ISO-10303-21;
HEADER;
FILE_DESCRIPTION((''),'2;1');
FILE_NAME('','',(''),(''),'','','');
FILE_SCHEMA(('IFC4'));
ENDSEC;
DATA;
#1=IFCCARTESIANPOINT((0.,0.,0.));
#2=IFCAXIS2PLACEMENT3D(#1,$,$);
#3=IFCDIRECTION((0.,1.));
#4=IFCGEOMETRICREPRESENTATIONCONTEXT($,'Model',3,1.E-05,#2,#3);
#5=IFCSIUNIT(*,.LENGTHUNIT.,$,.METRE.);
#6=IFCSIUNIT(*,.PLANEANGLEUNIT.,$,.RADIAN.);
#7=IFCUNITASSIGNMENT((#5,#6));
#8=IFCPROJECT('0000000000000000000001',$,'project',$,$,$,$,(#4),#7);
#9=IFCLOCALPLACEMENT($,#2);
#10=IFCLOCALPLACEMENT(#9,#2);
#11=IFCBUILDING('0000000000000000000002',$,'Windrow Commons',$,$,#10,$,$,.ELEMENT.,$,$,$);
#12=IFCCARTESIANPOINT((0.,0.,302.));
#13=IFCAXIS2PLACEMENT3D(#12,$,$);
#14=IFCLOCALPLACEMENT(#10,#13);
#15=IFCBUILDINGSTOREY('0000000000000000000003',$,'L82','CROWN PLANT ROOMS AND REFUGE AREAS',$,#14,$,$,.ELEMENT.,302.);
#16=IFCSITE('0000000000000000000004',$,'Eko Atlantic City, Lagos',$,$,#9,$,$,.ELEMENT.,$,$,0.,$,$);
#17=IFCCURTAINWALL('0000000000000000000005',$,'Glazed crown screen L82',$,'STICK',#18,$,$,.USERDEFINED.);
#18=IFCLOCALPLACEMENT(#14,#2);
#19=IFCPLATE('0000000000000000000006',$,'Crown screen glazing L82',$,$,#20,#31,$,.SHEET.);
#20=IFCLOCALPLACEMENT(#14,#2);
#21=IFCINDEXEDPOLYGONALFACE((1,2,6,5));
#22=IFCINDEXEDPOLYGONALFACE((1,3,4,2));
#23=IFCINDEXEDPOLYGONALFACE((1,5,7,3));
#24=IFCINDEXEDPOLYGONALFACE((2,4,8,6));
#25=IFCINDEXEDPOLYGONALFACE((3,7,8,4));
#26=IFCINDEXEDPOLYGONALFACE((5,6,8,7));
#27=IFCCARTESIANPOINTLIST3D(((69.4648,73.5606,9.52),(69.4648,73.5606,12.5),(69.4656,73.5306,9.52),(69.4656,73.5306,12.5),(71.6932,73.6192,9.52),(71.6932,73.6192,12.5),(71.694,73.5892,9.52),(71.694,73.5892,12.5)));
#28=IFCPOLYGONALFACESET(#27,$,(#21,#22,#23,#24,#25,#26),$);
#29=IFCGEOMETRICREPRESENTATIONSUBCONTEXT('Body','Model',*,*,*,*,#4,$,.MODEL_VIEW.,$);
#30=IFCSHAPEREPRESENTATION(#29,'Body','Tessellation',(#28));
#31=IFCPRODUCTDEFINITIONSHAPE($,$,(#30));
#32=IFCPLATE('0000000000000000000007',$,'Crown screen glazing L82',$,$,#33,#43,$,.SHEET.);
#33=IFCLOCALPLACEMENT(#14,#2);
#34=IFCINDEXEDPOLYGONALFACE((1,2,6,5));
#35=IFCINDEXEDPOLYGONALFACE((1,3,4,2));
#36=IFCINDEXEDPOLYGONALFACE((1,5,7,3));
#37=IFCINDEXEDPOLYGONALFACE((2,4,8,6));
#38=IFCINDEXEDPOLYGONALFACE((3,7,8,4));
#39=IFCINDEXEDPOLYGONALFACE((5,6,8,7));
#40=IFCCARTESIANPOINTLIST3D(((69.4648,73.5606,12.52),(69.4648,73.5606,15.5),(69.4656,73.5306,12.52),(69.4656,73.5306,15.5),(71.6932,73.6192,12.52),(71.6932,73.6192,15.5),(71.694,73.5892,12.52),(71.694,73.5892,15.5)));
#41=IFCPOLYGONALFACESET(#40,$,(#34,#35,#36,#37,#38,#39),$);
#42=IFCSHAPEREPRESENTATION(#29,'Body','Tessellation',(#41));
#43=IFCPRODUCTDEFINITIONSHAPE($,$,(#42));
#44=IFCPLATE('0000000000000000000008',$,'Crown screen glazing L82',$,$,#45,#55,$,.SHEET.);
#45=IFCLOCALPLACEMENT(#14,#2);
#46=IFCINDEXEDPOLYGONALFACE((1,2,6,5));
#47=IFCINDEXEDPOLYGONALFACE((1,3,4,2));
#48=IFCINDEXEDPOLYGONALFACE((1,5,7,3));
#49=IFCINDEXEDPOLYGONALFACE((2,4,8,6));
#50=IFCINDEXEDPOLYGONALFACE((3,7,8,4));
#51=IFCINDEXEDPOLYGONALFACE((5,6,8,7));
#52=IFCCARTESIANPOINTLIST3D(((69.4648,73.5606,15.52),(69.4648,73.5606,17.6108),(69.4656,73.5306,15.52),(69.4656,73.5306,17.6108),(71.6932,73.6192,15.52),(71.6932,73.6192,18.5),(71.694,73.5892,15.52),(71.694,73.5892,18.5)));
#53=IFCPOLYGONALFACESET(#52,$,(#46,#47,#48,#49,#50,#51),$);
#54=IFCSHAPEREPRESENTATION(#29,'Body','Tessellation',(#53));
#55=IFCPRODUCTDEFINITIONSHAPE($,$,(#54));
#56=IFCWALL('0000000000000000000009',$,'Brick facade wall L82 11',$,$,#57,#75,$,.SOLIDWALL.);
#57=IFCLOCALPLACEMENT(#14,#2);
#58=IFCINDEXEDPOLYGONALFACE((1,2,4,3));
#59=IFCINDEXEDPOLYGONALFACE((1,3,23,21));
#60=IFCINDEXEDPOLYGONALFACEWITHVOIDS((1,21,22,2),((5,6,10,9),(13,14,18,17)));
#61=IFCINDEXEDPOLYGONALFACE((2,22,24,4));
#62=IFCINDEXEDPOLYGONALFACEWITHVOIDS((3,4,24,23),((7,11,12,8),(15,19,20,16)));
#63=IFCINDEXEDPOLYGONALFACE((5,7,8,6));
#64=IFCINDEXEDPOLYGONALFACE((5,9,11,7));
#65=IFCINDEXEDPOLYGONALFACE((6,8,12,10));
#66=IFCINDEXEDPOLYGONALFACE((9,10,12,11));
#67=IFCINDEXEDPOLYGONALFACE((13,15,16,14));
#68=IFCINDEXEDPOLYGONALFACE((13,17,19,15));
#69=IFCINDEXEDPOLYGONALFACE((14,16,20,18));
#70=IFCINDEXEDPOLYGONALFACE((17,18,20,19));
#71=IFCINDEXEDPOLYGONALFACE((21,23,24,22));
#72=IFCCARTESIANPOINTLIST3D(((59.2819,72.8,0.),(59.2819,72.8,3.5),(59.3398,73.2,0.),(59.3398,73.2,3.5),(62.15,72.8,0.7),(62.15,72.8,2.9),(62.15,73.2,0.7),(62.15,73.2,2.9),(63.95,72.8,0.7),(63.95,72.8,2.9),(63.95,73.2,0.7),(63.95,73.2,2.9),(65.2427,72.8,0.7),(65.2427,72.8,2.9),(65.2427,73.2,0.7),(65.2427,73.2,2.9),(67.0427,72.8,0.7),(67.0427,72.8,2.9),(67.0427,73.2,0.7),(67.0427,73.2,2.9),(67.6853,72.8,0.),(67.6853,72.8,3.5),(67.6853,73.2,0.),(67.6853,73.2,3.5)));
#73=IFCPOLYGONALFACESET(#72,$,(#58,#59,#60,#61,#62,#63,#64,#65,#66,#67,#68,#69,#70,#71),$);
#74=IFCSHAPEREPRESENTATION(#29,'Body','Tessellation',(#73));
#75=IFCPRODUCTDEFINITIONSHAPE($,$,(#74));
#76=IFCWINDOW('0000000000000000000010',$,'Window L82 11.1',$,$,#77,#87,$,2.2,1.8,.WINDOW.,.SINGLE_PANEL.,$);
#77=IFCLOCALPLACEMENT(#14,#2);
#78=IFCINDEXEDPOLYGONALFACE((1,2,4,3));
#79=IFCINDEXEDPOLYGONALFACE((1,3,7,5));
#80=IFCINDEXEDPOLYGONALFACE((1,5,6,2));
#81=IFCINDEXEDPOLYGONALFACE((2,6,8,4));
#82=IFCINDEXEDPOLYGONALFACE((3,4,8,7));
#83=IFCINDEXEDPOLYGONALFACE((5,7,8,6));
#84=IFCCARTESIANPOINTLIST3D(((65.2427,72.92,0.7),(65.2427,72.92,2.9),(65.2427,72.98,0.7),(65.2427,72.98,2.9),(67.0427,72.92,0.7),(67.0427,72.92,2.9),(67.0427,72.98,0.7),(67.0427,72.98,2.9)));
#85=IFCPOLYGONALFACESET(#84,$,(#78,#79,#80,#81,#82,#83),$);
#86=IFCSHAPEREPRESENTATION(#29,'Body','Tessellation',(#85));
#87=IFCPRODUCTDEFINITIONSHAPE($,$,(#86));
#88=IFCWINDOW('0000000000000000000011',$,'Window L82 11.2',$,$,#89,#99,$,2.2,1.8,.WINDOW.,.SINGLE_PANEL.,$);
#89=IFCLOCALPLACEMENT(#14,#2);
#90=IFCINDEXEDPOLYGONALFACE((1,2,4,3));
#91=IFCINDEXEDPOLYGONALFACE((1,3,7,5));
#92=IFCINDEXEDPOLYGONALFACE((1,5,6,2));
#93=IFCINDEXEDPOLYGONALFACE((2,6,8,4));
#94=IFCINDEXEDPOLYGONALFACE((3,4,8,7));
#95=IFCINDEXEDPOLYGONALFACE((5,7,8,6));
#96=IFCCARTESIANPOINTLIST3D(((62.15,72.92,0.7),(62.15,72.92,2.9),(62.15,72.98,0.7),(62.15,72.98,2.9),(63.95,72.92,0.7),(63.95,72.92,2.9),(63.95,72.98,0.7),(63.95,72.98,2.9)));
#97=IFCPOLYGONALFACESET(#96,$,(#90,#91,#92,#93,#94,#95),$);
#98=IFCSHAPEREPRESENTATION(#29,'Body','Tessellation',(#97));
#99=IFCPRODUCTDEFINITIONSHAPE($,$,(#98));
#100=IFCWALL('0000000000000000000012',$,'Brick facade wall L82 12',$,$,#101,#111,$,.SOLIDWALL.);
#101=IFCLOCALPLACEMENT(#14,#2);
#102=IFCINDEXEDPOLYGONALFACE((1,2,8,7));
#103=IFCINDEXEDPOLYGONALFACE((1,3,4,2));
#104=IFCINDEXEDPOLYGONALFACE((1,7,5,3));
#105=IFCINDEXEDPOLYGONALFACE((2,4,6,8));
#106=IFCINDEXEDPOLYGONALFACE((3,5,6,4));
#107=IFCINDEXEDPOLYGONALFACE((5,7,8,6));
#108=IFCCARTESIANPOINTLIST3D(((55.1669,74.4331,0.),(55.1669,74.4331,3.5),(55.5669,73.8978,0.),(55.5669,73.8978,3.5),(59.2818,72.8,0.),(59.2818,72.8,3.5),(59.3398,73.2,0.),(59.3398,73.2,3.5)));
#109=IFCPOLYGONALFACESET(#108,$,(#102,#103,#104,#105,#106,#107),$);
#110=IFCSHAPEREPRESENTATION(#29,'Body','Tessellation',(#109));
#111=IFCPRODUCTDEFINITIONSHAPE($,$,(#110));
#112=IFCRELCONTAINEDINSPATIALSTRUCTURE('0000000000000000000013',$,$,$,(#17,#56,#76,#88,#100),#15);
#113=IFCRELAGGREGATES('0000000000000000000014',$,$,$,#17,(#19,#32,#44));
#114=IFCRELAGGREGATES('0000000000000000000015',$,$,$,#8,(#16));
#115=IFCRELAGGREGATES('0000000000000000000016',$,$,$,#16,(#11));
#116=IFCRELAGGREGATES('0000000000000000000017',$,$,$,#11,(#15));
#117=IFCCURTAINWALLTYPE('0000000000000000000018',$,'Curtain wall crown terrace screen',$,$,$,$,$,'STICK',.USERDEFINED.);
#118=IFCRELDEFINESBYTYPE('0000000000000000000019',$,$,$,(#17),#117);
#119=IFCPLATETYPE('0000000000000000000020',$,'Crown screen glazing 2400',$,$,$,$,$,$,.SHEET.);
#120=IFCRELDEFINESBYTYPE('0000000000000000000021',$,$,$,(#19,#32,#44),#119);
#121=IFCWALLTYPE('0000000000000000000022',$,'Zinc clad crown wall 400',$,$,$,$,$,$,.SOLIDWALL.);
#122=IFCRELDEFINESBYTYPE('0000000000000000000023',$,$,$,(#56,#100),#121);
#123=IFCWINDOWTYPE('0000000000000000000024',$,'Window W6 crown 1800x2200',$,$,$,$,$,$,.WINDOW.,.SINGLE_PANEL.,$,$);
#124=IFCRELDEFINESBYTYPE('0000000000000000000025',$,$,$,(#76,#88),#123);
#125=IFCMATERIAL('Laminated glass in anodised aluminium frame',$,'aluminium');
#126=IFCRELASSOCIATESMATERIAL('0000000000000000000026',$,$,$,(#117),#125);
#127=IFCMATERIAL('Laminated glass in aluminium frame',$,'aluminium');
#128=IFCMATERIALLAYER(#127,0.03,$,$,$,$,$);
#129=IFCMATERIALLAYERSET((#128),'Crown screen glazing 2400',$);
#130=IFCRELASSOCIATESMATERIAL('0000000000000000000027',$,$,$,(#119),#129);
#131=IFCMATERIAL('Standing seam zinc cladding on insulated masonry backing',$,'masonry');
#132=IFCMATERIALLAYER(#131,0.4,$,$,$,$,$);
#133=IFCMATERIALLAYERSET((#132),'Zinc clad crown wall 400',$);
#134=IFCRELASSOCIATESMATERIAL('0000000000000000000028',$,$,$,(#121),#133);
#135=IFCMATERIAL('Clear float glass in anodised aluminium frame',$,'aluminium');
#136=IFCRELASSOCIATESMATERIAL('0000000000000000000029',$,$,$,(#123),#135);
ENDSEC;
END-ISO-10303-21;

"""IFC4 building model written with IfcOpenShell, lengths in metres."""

from ifc_helpers import new_model, si_unit, direction, frame, frame_2d, origin, place, context, subcontext, project, spatial, polyline, rectangle, outline, extrude, material, layer, layer_set, type_object, element, fill, aggregate, save


model = new_model("IFC4")

# Units and contexts
model_context = context("Model", 3, precision=1e-05, world=origin(), true_north=direction((0.0, 1.0)))
body_context = subcontext(model_context, "Body", "Model", "MODEL_VIEW")
ifc_project = project(units=[si_unit("LENGTHUNIT", "METRE"), si_unit("PLANEANGLEUNIT", "RADIAN")], contexts=[model_context])

# Site, building, storey
site_placement = place(None, origin())
site = spatial("IfcSite", under=ifc_project, at=site_placement, Name="Eko Atlantic City, Lagos", CompositionType="ELEMENT", RefElevation=0.0)
building_placement = place(site_placement, origin())
building = spatial("IfcBuilding", under=site, at=building_placement, Name="Windrow Commons", CompositionType="ELEMENT")
storey_placement = place(building_placement, frame((0.0, 0.0, 302.0)))
storey = spatial("IfcBuildingStorey", under=building, at=storey_placement, Name="L82", Description="CROWN PLANT ROOMS AND REFUGE AREAS", CompositionType="ELEMENT", Elevation=302.0)

# Curtain wall
ifc_material_1 = material(Name="Laminated glass in anodised aluminium frame", Category="aluminium")
curtain_wall_type = type_object("IfcCurtainWallType", Name="Curtain wall crown terrace screen", ElementType="STICK", PredefinedType="USERDEFINED", material=ifc_material_1)
curtain_wall_placement = place(storey_placement, origin())
curtain_wall = element("IfcCurtainWall", 1, at=curtain_wall_placement, inside=storey, type_object=curtain_wall_type, Name="Glazed crown screen L82", ObjectType="STICK", PredefinedType="USERDEFINED")

# Plates
ifc_material_2 = material(Name="Laminated glass in aluminium frame", Category="aluminium")
ifc_layer_1 = layer(ifc_material_2, 0.03)
ifc_layer_set_1 = layer_set([ifc_layer_1], Name="Crown screen glazing 2400")
plate_type = type_object("IfcPlateType", Name="Crown screen glazing 2400", PredefinedType="SHEET", material=ifc_layer_set_1)
plate_1_placement = place(storey_placement, frame((69.4656, 73.5306, 9.52), z_axis=(0.026288, -0.999654, 0.0), x_axis=(0.999654, 0.026288, 0.0)))
plate_1 = element("IfcPlate", 2, at=plate_1_placement, type_object=plate_type, Name="Crown screen glazing L82", PredefinedType="SHEET", context=body_context, shape_type="SweptSolid", body=[
    extrude(outline(polyline([(0.0, 0.0), (2.2292, 0.0), (2.2292, 2.98), (0.0, 2.98), (0.0, 0.0)])), origin(), (0.0, 0.0, -1.0), 0.03),
])
plate_2_placement = place(storey_placement, frame((69.4656, 73.5306, 12.52), z_axis=(0.026288, -0.999654, 0.0), x_axis=(0.999654, 0.026288, 0.0)))
plate_2 = element("IfcPlate", 3, at=plate_2_placement, type_object=plate_type, Name="Crown screen glazing L82", PredefinedType="SHEET", context=body_context, shape_type="SweptSolid", body=[
    extrude(outline(polyline([(0.0, 0.0), (2.2292, 0.0), (2.2292, 2.98), (0.0, 2.98), (0.0, 0.0)])), origin(), (0.0, 0.0, -1.0), 0.03),
])
plate_3_placement = place(storey_placement, frame((69.4656, 73.5306, 15.52), z_axis=(0.026288, -0.999654, 0.0), x_axis=(0.999654, 0.026288, 0.0)))
plate_3 = element("IfcPlate", 4, at=plate_3_placement, type_object=plate_type, Name="Crown screen glazing L82", PredefinedType="SHEET", context=body_context, shape_type="SweptSolid", body=[
    extrude(outline(polyline([(0.0, 0.0), (2.2292, 0.0), (2.2292, 2.98), (0.0, 2.0908), (0.0, 0.0)])), origin(), (0.0, 0.0, -1.0), 0.03),
])
aggregate(curtain_wall, [plate_1, plate_2, plate_3])

# Wall, openings, windows
ifc_material_3 = material(Name="Standing seam zinc cladding on insulated masonry backing", Category="masonry")
ifc_layer_2 = layer(ifc_material_3, 0.4)
ifc_layer_set_2 = layer_set([ifc_layer_2], Name="Zinc clad crown wall 400")
wall_type = type_object("IfcWallType", Name="Zinc clad crown wall 400", PredefinedType="SOLIDWALL", material=ifc_layer_set_2)
wall_1_placement = place(storey_placement, frame((67.6853, 73.0, 0.0), z_axis=(0.0, 0.0, 1.0), x_axis=(-1.0, 0.0, 0.0)))
wall_1 = element("IfcWall", 5, at=wall_1_placement, inside=storey, type_object=wall_type, Name="Brick facade wall L82 11", PredefinedType="SOLIDWALL", context=body_context, shape_type="SweptSolid", body=[
    extrude(outline(polyline([(0.0, -0.2), (8.3455, -0.2), (8.4034, 0.2), (0.0, 0.2), (0.0, -0.2)])), origin(), (0.0, 0.0, 1.0), 3.5),
])
opening_1_placement = place(wall_1_placement, frame((0.6426, 0.0, 0.7)))
opening_1 = element("IfcOpeningElement", 6, at=opening_1_placement, cuts=wall_1, PredefinedType="OPENING", context=body_context, shape_type="SweptSolid", body=[
    extrude(rectangle(XDim=1.8, YDim=2.2, at=frame_2d((0.9, 1.1))), frame((0.0, 0.21, 0.0), z_axis=(0.0, -1.0, 0.0), x_axis=(1.0, 0.0, 0.0)), (0.0, 0.0, 1.0), 0.42),
])
opening_2_placement = place(wall_1_placement, frame((3.7353, 0.0, 0.7)))
opening_2 = element("IfcOpeningElement", 7, at=opening_2_placement, cuts=wall_1, PredefinedType="OPENING", context=body_context, shape_type="SweptSolid", body=[
    extrude(rectangle(XDim=1.8, YDim=2.2, at=frame_2d((0.9, 1.1))), frame((0.0, 0.21, 0.0), z_axis=(0.0, -1.0, 0.0), x_axis=(1.0, 0.0, 0.0)), (0.0, 0.0, 1.0), 0.42),
])
ifc_material_4 = material(Name="Clear float glass in anodised aluminium frame", Category="aluminium")
window_type = type_object("IfcWindowType", Name="Window W6 crown 1800x2200", PartitioningType="SINGLE_PANEL", PredefinedType="WINDOW", material=ifc_material_4)
window_1_placement = place(opening_1_placement, origin())
window_1 = element("IfcWindow", 8, at=window_1_placement, inside=storey, type_object=window_type, Name="Window L82 11.1", OverallHeight=2.2, OverallWidth=1.8, PartitioningType="SINGLE_PANEL", PredefinedType="WINDOW", context=body_context, shape_type="SweptSolid", body=[
    extrude(rectangle(XDim=1.8, YDim=2.2, at=frame_2d((0.9, 1.1))), frame((0.0, 0.08, 0.0), z_axis=(0.0, -1.0, 0.0), x_axis=(1.0, 0.0, 0.0)), (0.0, 0.0, 1.0), 0.06),
])
fill(opening_1, window_1)
window_2_placement = place(opening_2_placement, origin())
window_2 = element("IfcWindow", 9, at=window_2_placement, inside=storey, type_object=window_type, Name="Window L82 11.2", OverallHeight=2.2, OverallWidth=1.8, PartitioningType="SINGLE_PANEL", PredefinedType="WINDOW", context=body_context, shape_type="SweptSolid", body=[
    extrude(rectangle(XDim=1.8, YDim=2.2, at=frame_2d((0.9, 1.1))), frame((0.0, 0.08, 0.0), z_axis=(0.0, -1.0, 0.0), x_axis=(1.0, 0.0, 0.0)), (0.0, 0.0, 1.0), 0.06),
])
fill(opening_2, window_2)

# Wall
wall_2_placement = place(storey_placement, frame((59.3108, 73.0, 0.0), z_axis=(0.0, 0.0, 1.0), x_axis=(-0.959005, 0.283388, 0.0)))
element("IfcWall", 10, at=wall_2_placement, inside=storey, type_object=wall_type, Name="Brick facade wall L82 12", PredefinedType="SOLIDWALL", context=body_context, shape_type="SweptSolid", body=[
    extrude(outline(polyline([(0.0289, -0.2), (4.3801, -0.2), (3.8448, 0.2), (-0.0289, 0.2), (0.0289, -0.2)])), origin(), (0.0, 0.0, 1.0), 3.5),
])

save(model, "model.ifc")
